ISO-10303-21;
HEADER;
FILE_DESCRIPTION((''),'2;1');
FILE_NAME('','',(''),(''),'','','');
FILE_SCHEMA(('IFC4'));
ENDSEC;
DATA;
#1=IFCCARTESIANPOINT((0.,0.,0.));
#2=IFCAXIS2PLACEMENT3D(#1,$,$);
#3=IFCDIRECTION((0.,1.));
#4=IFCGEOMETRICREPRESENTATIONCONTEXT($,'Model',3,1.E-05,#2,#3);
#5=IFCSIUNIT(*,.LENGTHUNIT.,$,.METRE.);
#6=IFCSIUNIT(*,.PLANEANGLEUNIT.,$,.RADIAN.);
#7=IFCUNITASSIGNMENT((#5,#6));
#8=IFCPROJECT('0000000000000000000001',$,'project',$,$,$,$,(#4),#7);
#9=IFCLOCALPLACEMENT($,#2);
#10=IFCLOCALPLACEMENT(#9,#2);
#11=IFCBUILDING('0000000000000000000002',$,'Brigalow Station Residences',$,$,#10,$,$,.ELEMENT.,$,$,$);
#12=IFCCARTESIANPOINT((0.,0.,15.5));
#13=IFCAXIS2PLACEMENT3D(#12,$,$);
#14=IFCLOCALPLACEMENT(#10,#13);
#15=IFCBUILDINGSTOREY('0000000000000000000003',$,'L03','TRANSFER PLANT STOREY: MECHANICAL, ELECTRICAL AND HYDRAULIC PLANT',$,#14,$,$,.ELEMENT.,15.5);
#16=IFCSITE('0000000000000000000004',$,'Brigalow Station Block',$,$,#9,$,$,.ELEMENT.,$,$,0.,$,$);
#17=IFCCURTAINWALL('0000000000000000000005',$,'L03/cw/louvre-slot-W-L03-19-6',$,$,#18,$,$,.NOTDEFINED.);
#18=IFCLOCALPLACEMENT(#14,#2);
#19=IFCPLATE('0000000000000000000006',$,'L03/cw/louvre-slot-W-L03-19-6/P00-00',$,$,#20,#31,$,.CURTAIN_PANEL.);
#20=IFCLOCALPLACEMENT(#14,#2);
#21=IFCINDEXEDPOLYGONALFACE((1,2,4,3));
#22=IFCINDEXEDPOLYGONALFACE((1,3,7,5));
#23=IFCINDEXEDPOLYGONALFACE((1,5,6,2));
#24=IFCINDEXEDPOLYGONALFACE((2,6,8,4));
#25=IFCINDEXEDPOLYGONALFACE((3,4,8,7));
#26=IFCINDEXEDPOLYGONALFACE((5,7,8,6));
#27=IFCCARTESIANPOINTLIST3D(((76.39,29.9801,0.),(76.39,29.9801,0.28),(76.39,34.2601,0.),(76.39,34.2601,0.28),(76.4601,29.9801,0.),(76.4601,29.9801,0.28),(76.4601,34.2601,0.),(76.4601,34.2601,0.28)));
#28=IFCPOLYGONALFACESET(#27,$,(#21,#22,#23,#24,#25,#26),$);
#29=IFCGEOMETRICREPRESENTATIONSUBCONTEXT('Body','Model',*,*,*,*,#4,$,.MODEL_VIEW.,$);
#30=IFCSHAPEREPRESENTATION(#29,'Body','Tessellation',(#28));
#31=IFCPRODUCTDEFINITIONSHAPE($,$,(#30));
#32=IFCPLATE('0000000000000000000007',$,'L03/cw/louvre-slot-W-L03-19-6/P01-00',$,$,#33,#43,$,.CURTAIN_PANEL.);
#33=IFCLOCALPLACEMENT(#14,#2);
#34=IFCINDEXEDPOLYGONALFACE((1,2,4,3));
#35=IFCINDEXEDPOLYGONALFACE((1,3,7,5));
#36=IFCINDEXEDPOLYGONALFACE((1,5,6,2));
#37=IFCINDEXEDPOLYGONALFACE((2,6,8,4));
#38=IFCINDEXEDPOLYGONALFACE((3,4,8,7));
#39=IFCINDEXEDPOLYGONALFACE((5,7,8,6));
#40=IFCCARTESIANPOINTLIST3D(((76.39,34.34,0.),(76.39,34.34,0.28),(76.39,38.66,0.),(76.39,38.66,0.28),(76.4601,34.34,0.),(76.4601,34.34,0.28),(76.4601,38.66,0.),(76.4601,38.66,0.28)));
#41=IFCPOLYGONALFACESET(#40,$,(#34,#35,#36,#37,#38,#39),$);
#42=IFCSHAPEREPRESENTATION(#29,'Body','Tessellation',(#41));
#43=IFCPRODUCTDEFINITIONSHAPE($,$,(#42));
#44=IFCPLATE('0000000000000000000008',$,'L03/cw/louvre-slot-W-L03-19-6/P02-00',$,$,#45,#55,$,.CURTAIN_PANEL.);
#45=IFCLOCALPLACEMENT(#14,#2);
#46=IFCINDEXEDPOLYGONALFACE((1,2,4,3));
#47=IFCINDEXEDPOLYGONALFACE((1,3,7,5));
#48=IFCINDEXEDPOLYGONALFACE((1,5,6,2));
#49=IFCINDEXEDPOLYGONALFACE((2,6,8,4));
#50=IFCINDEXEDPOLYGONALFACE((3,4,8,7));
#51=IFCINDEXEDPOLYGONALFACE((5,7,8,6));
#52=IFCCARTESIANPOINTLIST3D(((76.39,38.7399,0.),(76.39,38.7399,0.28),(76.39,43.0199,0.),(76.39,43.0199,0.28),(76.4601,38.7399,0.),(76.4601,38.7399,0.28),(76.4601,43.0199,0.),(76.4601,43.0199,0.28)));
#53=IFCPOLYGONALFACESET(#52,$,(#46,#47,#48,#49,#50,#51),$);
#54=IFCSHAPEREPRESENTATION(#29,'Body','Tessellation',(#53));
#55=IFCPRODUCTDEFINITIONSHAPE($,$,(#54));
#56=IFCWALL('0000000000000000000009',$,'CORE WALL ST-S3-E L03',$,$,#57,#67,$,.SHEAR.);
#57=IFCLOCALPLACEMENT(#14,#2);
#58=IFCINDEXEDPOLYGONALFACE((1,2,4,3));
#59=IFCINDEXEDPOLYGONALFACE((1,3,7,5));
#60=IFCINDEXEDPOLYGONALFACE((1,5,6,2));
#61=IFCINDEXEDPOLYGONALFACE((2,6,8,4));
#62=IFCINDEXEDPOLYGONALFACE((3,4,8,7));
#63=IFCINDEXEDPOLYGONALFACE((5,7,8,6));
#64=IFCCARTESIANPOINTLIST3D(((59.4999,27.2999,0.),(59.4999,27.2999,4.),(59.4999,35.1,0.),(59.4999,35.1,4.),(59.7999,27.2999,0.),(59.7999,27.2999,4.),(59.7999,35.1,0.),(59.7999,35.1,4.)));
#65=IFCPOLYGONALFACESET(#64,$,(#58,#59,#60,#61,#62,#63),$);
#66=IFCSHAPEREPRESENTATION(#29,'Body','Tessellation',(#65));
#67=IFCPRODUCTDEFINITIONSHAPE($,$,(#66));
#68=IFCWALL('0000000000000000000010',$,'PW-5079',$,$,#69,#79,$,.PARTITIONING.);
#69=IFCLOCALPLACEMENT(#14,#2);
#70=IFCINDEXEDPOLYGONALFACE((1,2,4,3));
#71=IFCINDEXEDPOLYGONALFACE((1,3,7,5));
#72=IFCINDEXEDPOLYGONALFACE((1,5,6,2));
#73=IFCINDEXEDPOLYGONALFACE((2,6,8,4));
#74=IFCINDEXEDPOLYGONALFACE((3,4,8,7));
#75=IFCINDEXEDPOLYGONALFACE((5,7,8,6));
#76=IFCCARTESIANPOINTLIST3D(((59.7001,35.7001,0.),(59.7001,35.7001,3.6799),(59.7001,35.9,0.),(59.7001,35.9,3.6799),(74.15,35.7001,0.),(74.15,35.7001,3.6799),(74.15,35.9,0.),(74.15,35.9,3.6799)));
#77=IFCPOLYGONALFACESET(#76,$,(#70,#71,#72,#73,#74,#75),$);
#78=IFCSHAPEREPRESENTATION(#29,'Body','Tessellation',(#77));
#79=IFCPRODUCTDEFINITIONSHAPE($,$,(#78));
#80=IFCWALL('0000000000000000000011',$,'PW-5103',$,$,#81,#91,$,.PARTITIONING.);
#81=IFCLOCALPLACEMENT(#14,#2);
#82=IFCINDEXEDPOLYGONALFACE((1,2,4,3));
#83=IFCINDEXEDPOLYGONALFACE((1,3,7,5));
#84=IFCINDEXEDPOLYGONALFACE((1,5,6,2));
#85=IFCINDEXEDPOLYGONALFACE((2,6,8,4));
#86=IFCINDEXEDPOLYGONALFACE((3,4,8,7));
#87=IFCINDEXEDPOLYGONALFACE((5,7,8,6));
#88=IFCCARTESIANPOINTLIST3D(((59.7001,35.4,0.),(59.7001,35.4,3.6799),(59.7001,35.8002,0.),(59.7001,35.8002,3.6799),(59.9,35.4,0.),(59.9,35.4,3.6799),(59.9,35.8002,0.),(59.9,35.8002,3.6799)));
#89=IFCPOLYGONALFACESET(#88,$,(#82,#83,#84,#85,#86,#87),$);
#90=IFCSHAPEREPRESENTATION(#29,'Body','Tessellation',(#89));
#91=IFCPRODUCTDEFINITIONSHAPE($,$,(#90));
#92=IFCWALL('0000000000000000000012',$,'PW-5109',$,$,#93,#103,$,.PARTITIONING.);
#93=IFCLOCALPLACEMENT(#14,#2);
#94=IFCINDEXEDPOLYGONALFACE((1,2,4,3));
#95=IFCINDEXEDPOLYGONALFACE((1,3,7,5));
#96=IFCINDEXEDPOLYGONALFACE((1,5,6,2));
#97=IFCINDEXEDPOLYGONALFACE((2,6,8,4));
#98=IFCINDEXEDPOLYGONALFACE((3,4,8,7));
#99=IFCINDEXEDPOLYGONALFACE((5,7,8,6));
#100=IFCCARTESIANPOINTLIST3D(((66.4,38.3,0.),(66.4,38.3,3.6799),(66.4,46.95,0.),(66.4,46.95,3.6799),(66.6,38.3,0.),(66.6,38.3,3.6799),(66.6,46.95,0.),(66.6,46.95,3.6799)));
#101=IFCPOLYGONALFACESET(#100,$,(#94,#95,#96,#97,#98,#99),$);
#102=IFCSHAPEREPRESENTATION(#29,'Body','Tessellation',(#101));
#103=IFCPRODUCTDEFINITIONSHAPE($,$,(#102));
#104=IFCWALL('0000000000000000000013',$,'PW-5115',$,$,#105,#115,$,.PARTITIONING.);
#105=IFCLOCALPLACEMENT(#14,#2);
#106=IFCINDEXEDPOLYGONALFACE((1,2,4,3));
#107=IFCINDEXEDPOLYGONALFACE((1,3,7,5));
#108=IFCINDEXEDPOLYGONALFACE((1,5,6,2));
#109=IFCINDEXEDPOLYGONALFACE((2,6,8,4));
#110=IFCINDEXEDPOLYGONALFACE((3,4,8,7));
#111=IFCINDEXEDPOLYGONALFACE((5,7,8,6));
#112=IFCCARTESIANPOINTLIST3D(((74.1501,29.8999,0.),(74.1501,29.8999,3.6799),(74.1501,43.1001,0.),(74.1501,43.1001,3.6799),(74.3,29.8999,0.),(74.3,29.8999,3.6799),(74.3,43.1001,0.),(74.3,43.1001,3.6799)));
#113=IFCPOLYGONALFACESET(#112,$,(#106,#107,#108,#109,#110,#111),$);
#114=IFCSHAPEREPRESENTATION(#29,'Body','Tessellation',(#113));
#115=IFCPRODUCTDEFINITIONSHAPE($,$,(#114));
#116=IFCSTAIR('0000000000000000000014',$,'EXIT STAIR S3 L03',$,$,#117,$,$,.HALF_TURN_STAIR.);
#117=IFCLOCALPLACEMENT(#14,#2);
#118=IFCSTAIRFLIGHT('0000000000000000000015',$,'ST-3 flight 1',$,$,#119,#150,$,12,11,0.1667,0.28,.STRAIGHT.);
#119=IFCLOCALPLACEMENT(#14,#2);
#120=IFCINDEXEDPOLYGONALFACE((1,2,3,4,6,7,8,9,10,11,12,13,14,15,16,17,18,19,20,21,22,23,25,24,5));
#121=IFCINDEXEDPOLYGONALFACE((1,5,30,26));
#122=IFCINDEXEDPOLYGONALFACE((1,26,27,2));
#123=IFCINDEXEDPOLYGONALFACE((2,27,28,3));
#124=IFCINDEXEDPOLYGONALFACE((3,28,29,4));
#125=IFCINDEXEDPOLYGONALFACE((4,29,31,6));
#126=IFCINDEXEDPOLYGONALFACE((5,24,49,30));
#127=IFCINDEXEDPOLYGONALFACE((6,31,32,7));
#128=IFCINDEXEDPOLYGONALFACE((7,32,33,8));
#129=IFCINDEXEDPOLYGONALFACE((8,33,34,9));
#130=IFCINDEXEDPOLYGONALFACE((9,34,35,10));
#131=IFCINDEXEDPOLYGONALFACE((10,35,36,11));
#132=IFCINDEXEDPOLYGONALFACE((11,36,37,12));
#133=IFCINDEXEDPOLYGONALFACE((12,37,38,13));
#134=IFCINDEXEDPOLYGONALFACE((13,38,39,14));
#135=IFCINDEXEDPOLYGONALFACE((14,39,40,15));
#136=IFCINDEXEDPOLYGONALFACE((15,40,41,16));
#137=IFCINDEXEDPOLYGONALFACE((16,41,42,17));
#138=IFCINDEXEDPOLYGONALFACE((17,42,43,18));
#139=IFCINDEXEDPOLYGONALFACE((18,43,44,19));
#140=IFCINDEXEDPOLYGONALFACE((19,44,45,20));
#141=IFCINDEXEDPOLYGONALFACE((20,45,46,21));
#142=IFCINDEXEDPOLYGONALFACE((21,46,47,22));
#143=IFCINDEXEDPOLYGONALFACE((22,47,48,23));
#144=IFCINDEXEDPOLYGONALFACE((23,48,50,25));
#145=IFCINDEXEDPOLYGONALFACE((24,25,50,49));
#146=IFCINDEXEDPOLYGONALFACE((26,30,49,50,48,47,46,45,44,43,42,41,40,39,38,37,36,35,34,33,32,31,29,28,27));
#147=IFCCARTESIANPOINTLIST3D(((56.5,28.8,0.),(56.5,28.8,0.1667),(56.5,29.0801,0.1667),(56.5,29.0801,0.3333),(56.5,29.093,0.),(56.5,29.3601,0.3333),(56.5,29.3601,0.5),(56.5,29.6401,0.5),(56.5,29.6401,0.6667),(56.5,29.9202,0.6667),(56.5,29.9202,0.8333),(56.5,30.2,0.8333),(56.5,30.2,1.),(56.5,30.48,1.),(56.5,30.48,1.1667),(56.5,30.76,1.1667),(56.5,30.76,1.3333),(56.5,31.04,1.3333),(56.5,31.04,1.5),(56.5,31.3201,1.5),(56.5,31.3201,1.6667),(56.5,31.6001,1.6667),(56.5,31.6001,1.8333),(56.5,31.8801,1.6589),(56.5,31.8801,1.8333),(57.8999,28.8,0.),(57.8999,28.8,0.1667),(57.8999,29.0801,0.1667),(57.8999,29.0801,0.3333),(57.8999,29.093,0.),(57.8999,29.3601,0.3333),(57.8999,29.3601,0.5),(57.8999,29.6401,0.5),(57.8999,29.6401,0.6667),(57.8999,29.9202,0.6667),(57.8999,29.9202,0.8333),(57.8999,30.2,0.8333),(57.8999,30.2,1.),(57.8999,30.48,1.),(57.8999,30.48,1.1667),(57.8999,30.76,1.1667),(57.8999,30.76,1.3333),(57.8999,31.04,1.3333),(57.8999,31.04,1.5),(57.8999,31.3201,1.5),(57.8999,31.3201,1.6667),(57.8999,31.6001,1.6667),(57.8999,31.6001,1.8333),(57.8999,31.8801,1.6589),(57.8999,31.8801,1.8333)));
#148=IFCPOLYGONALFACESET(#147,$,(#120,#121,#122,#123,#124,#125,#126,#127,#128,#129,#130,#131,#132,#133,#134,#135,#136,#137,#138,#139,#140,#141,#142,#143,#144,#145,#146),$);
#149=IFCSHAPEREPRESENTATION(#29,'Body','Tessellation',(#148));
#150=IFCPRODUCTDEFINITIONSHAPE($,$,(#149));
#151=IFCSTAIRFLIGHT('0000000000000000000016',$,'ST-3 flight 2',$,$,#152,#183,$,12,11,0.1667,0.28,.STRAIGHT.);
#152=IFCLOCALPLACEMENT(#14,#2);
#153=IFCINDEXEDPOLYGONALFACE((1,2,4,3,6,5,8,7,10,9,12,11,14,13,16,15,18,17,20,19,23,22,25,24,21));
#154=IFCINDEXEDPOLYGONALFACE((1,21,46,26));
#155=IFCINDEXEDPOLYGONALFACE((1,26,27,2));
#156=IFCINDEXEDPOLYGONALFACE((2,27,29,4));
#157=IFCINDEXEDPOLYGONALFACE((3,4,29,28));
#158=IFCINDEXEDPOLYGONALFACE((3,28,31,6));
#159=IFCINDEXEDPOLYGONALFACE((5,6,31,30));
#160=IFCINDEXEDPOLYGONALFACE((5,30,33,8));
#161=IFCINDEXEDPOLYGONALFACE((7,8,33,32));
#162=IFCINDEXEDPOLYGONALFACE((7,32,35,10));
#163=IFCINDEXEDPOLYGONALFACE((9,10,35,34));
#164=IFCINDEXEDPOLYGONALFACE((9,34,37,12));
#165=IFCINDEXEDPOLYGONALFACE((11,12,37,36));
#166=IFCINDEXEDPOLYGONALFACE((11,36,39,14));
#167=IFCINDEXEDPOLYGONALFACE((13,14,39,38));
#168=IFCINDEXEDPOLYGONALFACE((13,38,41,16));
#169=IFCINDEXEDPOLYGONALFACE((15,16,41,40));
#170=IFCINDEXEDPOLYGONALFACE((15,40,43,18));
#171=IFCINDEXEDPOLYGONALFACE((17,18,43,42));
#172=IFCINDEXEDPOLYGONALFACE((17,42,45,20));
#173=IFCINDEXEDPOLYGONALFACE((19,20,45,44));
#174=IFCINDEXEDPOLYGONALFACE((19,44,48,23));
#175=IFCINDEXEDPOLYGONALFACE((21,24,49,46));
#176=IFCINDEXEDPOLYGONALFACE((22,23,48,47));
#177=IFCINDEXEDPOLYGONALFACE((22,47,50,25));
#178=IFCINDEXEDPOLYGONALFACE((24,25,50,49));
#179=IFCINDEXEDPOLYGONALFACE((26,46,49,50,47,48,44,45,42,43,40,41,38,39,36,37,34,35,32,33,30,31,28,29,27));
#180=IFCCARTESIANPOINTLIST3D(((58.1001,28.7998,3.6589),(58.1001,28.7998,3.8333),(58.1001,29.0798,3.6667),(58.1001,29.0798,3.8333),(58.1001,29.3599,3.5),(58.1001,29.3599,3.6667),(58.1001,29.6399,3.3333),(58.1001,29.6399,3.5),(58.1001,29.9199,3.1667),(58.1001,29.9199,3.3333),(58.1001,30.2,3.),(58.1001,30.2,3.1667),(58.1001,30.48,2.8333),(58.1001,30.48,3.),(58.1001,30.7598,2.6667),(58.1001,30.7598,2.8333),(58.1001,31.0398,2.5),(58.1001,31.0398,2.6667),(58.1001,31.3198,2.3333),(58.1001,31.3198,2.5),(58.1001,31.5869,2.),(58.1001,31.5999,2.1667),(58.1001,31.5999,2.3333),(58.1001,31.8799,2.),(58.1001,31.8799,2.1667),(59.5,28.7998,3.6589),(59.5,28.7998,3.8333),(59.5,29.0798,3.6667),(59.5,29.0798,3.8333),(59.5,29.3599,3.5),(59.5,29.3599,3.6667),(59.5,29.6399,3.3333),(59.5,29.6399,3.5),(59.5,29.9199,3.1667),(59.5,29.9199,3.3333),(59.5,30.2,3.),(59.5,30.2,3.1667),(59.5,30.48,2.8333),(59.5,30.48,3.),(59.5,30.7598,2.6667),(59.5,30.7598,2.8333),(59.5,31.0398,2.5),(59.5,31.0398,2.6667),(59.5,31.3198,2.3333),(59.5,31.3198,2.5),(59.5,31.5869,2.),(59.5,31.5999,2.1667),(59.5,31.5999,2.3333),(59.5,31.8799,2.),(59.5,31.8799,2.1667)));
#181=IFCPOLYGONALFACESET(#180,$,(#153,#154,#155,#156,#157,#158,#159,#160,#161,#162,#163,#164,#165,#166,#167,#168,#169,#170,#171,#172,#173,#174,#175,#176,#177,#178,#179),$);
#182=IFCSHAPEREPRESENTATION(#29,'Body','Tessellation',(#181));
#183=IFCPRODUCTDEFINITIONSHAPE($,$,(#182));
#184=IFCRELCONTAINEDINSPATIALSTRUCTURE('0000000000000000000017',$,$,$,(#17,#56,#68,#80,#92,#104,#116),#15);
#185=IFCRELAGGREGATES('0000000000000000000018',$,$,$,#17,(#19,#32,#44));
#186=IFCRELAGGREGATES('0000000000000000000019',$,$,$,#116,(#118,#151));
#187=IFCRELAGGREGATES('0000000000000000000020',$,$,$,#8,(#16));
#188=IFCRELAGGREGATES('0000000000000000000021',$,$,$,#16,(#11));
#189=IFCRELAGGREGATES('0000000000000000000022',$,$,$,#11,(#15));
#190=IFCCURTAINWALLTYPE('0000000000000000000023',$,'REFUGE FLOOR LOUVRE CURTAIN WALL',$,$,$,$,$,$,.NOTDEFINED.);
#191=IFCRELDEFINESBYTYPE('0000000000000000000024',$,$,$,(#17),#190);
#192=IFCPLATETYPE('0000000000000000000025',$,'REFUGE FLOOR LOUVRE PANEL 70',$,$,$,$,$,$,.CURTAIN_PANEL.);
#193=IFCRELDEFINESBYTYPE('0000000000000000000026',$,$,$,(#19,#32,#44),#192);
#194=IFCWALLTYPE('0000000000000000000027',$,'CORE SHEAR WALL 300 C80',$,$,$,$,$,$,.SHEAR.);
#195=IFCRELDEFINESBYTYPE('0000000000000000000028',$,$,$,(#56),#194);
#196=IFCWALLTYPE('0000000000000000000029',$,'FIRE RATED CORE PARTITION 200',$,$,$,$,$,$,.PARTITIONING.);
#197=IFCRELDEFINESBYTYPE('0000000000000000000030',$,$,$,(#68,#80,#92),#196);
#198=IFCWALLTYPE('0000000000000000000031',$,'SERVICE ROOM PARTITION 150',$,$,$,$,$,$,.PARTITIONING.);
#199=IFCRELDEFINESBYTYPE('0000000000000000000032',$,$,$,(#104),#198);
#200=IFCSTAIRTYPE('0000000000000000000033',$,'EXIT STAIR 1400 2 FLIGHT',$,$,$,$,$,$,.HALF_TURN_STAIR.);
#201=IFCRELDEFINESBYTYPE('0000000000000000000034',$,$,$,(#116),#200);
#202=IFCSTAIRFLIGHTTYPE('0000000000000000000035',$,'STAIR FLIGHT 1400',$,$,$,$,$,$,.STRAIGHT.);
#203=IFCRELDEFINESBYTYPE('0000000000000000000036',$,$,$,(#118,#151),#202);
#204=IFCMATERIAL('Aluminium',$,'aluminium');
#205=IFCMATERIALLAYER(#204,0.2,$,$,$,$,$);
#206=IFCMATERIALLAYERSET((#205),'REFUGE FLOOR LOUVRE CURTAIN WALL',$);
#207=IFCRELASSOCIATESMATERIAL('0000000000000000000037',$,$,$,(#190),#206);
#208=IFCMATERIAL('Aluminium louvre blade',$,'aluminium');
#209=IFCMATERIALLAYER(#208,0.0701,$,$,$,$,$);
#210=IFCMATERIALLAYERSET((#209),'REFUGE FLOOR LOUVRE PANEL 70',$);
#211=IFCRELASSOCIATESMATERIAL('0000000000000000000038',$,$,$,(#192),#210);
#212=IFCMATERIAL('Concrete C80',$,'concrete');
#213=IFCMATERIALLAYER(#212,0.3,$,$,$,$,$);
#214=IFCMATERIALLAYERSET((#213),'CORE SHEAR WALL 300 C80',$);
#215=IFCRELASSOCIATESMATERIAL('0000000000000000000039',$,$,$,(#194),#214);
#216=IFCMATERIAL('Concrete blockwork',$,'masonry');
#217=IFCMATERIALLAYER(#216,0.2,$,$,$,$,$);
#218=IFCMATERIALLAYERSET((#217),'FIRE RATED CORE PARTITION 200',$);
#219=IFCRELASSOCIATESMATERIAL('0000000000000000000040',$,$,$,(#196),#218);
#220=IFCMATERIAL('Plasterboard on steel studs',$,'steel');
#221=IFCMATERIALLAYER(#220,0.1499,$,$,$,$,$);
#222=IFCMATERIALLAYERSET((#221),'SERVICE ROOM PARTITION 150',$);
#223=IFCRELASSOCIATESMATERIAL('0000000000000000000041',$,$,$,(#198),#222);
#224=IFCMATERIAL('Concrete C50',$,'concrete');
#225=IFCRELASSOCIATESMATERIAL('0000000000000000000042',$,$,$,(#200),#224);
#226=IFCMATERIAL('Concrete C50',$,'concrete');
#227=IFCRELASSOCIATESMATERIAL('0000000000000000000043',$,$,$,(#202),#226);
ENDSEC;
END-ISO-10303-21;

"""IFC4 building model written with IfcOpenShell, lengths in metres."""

from ifc_helpers import new_model, si_unit, direction, frame, frame_2d, origin, origin_2d, place, context, subcontext, project, spatial, polyline, rectangle, outline, extrude, material, layer, layer_set, type_object, element, aggregate, save


model = new_model("IFC4")

# Units and contexts
model_context = context("Model", 3, precision=1e-05, world=origin(), true_north=direction((0.0, 1.0)))
body_context = subcontext(model_context, "Body", "Model", "MODEL_VIEW")
ifc_project = project(units=[si_unit("LENGTHUNIT", "METRE"), si_unit("PLANEANGLEUNIT", "RADIAN")], contexts=[model_context])

# Site, building, storey
site_placement = place(None, origin())
site = spatial("IfcSite", under=ifc_project, at=site_placement, Name="Brigalow Station Block", CompositionType="ELEMENT", RefElevation=0.0)
building_placement = place(site_placement, origin())
building = spatial("IfcBuilding", under=site, at=building_placement, Name="Brigalow Station Residences", CompositionType="ELEMENT")
storey_placement = place(building_placement, frame((0.0, 0.0, 15.5)))
storey = spatial("IfcBuildingStorey", under=building, at=storey_placement, Name="L03", Description="TRANSFER PLANT STOREY: MECHANICAL, ELECTRICAL AND HYDRAULIC PLANT", CompositionType="ELEMENT", Elevation=15.5)

# Curtain wall
ifc_material_1 = material(Name="Aluminium", Category="aluminium")
ifc_layer_1 = layer(ifc_material_1, 0.2)
ifc_layer_set_1 = layer_set([ifc_layer_1], Name="REFUGE FLOOR LOUVRE CURTAIN WALL")
curtain_wall_type = type_object("IfcCurtainWallType", Name="REFUGE FLOOR LOUVRE CURTAIN WALL", PredefinedType="NOTDEFINED", material=ifc_layer_set_1)
curtain_wall_1_placement = place(storey_placement, origin())
curtain_wall_1 = element("IfcCurtainWall", 1, at=curtain_wall_1_placement, inside=storey, type_object=curtain_wall_type, Name="L03/cw/louvre-slot-W-L03-19-6", PredefinedType="NOTDEFINED")

# Plates
ifc_material_2 = material(Name="Aluminium louvre blade", Category="aluminium")
ifc_layer_2 = layer(ifc_material_2, 0.0701)
ifc_layer_set_2 = layer_set([ifc_layer_2], Name="REFUGE FLOOR LOUVRE PANEL 70")
plate_type = type_object("IfcPlateType", Name="REFUGE FLOOR LOUVRE PANEL 70", PredefinedType="CURTAIN_PANEL", material=ifc_layer_set_2)
plate_1_placement = place(storey_placement, frame((76.425, 32.1201, 0.0), z_axis=(0.0, 0.0, 1.0), x_axis=(0.0, 1.0, 0.0)))
plate_1 = element("IfcPlate", 2, at=plate_1_placement, type_object=plate_type, Name="L03/cw/louvre-slot-W-L03-19-6/P00-00", PredefinedType="CURTAIN_PANEL", context=body_context, shape_type="SweptSolid", body=[
    extrude(rectangle(XDim=4.28, YDim=0.0701, at=origin_2d()), origin(), (0.0, 0.0, 1.0), 0.28),
])
plate_2_placement = place(storey_placement, frame((76.425, 36.5, 0.0), z_axis=(0.0, 0.0, 1.0), x_axis=(0.0, 1.0, 0.0)))
plate_2 = element("IfcPlate", 3, at=plate_2_placement, type_object=plate_type, Name="L03/cw/louvre-slot-W-L03-19-6/P01-00", PredefinedType="CURTAIN_PANEL", context=body_context, shape_type="SweptSolid", body=[
    extrude(rectangle(XDim=4.3201, YDim=0.0701, at=origin_2d()), origin(), (0.0, 0.0, 1.0), 0.28),
])
plate_3_placement = place(storey_placement, frame((76.425, 40.8799, 0.0), z_axis=(0.0, 0.0, 1.0), x_axis=(0.0, 1.0, 0.0)))
plate_3 = element("IfcPlate", 4, at=plate_3_placement, type_object=plate_type, Name="L03/cw/louvre-slot-W-L03-19-6/P02-00", PredefinedType="CURTAIN_PANEL", context=body_context, shape_type="SweptSolid", body=[
    extrude(rectangle(XDim=4.28, YDim=0.0701, at=origin_2d()), origin(), (0.0, 0.0, 1.0), 0.28),
])
aggregate(curtain_wall_1, [plate_1, plate_2, plate_3])

# Walls
ifc_material_3 = material(Name="Concrete C80", Category="concrete")
ifc_layer_3 = layer(ifc_material_3, 0.3)
ifc_layer_set_3 = layer_set([ifc_layer_3], Name="CORE SHEAR WALL 300 C80")
wall_type_1 = type_object("IfcWallType", Name="CORE SHEAR WALL 300 C80", PredefinedType="SHEAR", material=ifc_layer_set_3)
wall_1_placement = place(storey_placement, frame((59.6499, 27.3, 0.0), z_axis=(0.0, 0.0, 1.0), x_axis=(0.0, 1.0, 0.0)))
element("IfcWall", 5, at=wall_1_placement, inside=storey, type_object=wall_type_1, Name="CORE WALL ST-S3-E L03", PredefinedType="SHEAR", context=body_context, shape_type="SweptSolid", body=[
    extrude(rectangle(XDim=7.8, YDim=0.3, at=frame_2d((3.8999, 0.0))), origin(), (0.0, 0.0, 1.0), 4.0),
])
ifc_material_4 = material(Name="Concrete blockwork", Category="masonry")
ifc_layer_4 = layer(ifc_material_4, 0.2)
ifc_layer_set_4 = layer_set([ifc_layer_4], Name="FIRE RATED CORE PARTITION 200")
wall_type_2 = type_object("IfcWallType", Name="FIRE RATED CORE PARTITION 200", PredefinedType="PARTITIONING", material=ifc_layer_set_4)
wall_2_placement = place(storey_placement, frame((59.7, 35.8, 0.0), z_axis=(0.0, 0.0, 1.0), x_axis=(1.0, 0.0, 0.0)))
element("IfcWall", 6, at=wall_2_placement, inside=storey, type_object=wall_type_2, Name="PW-5079", PredefinedType="PARTITIONING", context=body_context, shape_type="SweptSolid", body=[
    extrude(rectangle(XDim=14.45, YDim=0.2, at=frame_2d((7.2251, 0.0))), origin(), (0.0, 0.0, 1.0), 3.6799),
])
wall_3_placement = place(storey_placement, frame((59.8, 35.3999, 0.0), z_axis=(0.0, 0.0, 1.0), x_axis=(0.0, 1.0, 0.0)))
element("IfcWall", 7, at=wall_3_placement, inside=storey, type_object=wall_type_2, Name="PW-5103", PredefinedType="PARTITIONING", context=body_context, shape_type="SweptSolid", body=[
    extrude(rectangle(XDim=0.4001, YDim=0.2, at=frame_2d((0.2002, 0.0))), origin(), (0.0, 0.0, 1.0), 3.6799),
])
wall_4_placement = place(storey_placement, frame((66.5, 38.3, 0.0), z_axis=(0.0, 0.0, 1.0), x_axis=(0.0, 1.0, 0.0)))
element("IfcWall", 8, at=wall_4_placement, inside=storey, type_object=wall_type_2, Name="PW-5109", PredefinedType="PARTITIONING", context=body_context, shape_type="SweptSolid", body=[
    extrude(rectangle(XDim=8.6499, YDim=0.2, at=frame_2d((4.325, 0.0))), origin(), (0.0, 0.0, 1.0), 3.6799),
])
ifc_material_5 = material(Name="Plasterboard on steel studs", Category="steel")
ifc_layer_5 = layer(ifc_material_5, 0.1499)
ifc_layer_set_5 = layer_set([ifc_layer_5], Name="SERVICE ROOM PARTITION 150")
wall_type_3 = type_object("IfcWallType", Name="SERVICE ROOM PARTITION 150", PredefinedType="PARTITIONING", material=ifc_layer_set_5)
wall_5_placement = place(storey_placement, frame((74.2251, 29.8999, 0.0), z_axis=(0.0, 0.0, 1.0), x_axis=(0.0, 1.0, 0.0)))
element("IfcWall", 9, at=wall_5_placement, inside=storey, type_object=wall_type_3, Name="PW-5115", PredefinedType="PARTITIONING", context=body_context, shape_type="SweptSolid", body=[
    extrude(rectangle(XDim=13.2002, YDim=0.1499, at=frame_2d((6.6001, 0.0))), origin(), (0.0, 0.0, 1.0), 3.6799),
])

# Stair, stair flights
ifc_material_6 = material(Name="Concrete C50", Category="concrete")
stair_type = type_object("IfcStairType", Name="EXIT STAIR 1400 2 FLIGHT", PredefinedType="HALF_TURN_STAIR", material=ifc_material_6)
stair_placement = place(storey_placement, origin())
stair = element("IfcStair", 10, at=stair_placement, inside=storey, type_object=stair_type, Name="EXIT STAIR S3 L03", PredefinedType="HALF_TURN_STAIR")
ifc_material_7 = material(Name="Concrete C50", Category="concrete")
stair_flight_type = type_object("IfcStairFlightType", Name="STAIR FLIGHT 1400", PredefinedType="STRAIGHT", material=ifc_material_7)
stair_flight_1_placement = place(storey_placement, frame((57.2, 28.8, 0.0), z_axis=(0.0, 0.0, 1.0), x_axis=(0.0, 1.0, 0.0)))
stair_flight_1 = element("IfcStairFlight", 11, at=stair_flight_1_placement, type_object=stair_flight_type, Name="ST-3 flight 1", NumberOfRisers=12, NumberOfTreads=11, PredefinedType="STRAIGHT", RiserHeight=0.1667, TreadLength=0.28, context=body_context, shape_type="SweptSolid", body=[
    extrude(outline(polyline([(0.0, 0.0), (0.0, 0.1667), (0.28, 0.1667), (0.28, 0.3333), (0.5601, 0.3333), (0.5601, 0.5), (0.8401, 0.5), (0.8401, 0.6667), (1.1201, 0.6667), (1.1201, 0.8333), (1.3999, 0.8333), (1.3999, 1.0), (1.6799, 1.0), (1.6799, 1.1667), (1.96, 1.1667), (1.96, 1.3333), (2.24, 1.3333), (2.24, 1.5), (2.52, 1.5), (2.52, 1.6667), (2.8, 1.6667), (2.8, 1.8333), (3.0801, 1.8333), (3.0801, 2.0), (3.0801, 1.6589), (0.293, 0.0), (0.0, 0.0)])), frame((0.0, 0.7, 0.0), z_axis=(0.0, -1.0, 0.0), x_axis=(1.0, 0.0, 0.0)), (0.0, 0.0, 1.0), 1.3999),
])
stair_flight_2_placement = place(storey_placement, frame((58.8, 31.8799, 2.0), z_axis=(0.0, 0.0, 1.0), x_axis=(0.0, -1.0, 0.0)))
stair_flight_2 = element("IfcStairFlight", 12, at=stair_flight_2_placement, type_object=stair_flight_type, Name="ST-3 flight 2", NumberOfRisers=12, NumberOfTreads=11, PredefinedType="STRAIGHT", RiserHeight=0.1667, TreadLength=0.28, context=body_context, shape_type="SweptSolid", body=[
    extrude(outline(polyline([(0.0, 0.0), (0.0, 0.1667), (0.28, 0.1667), (0.28, 0.3333), (0.5601, 0.3333), (0.5601, 0.5), (0.8401, 0.5), (0.8401, 0.6667), (1.1201, 0.6667), (1.1201, 0.8333), (1.3999, 0.8333), (1.3999, 1.0), (1.6799, 1.0), (1.6799, 1.1667), (1.96, 1.1667), (1.96, 1.3333), (2.24, 1.3333), (2.24, 1.5), (2.52, 1.5), (2.52, 1.6667), (2.8, 1.6667), (2.8, 1.8333), (3.0801, 1.8333), (3.0801, 2.0), (3.0801, 1.6589), (0.293, 0.0), (0.0, 0.0)])), frame((0.0, 0.7, 0.0), z_axis=(0.0, -1.0, 0.0), x_axis=(1.0, 0.0, 0.0)), (0.0, 0.0, 1.0), 1.3999),
])
aggregate(stair, [stair_flight_1, stair_flight_2])

save(model, "model.ifc")
